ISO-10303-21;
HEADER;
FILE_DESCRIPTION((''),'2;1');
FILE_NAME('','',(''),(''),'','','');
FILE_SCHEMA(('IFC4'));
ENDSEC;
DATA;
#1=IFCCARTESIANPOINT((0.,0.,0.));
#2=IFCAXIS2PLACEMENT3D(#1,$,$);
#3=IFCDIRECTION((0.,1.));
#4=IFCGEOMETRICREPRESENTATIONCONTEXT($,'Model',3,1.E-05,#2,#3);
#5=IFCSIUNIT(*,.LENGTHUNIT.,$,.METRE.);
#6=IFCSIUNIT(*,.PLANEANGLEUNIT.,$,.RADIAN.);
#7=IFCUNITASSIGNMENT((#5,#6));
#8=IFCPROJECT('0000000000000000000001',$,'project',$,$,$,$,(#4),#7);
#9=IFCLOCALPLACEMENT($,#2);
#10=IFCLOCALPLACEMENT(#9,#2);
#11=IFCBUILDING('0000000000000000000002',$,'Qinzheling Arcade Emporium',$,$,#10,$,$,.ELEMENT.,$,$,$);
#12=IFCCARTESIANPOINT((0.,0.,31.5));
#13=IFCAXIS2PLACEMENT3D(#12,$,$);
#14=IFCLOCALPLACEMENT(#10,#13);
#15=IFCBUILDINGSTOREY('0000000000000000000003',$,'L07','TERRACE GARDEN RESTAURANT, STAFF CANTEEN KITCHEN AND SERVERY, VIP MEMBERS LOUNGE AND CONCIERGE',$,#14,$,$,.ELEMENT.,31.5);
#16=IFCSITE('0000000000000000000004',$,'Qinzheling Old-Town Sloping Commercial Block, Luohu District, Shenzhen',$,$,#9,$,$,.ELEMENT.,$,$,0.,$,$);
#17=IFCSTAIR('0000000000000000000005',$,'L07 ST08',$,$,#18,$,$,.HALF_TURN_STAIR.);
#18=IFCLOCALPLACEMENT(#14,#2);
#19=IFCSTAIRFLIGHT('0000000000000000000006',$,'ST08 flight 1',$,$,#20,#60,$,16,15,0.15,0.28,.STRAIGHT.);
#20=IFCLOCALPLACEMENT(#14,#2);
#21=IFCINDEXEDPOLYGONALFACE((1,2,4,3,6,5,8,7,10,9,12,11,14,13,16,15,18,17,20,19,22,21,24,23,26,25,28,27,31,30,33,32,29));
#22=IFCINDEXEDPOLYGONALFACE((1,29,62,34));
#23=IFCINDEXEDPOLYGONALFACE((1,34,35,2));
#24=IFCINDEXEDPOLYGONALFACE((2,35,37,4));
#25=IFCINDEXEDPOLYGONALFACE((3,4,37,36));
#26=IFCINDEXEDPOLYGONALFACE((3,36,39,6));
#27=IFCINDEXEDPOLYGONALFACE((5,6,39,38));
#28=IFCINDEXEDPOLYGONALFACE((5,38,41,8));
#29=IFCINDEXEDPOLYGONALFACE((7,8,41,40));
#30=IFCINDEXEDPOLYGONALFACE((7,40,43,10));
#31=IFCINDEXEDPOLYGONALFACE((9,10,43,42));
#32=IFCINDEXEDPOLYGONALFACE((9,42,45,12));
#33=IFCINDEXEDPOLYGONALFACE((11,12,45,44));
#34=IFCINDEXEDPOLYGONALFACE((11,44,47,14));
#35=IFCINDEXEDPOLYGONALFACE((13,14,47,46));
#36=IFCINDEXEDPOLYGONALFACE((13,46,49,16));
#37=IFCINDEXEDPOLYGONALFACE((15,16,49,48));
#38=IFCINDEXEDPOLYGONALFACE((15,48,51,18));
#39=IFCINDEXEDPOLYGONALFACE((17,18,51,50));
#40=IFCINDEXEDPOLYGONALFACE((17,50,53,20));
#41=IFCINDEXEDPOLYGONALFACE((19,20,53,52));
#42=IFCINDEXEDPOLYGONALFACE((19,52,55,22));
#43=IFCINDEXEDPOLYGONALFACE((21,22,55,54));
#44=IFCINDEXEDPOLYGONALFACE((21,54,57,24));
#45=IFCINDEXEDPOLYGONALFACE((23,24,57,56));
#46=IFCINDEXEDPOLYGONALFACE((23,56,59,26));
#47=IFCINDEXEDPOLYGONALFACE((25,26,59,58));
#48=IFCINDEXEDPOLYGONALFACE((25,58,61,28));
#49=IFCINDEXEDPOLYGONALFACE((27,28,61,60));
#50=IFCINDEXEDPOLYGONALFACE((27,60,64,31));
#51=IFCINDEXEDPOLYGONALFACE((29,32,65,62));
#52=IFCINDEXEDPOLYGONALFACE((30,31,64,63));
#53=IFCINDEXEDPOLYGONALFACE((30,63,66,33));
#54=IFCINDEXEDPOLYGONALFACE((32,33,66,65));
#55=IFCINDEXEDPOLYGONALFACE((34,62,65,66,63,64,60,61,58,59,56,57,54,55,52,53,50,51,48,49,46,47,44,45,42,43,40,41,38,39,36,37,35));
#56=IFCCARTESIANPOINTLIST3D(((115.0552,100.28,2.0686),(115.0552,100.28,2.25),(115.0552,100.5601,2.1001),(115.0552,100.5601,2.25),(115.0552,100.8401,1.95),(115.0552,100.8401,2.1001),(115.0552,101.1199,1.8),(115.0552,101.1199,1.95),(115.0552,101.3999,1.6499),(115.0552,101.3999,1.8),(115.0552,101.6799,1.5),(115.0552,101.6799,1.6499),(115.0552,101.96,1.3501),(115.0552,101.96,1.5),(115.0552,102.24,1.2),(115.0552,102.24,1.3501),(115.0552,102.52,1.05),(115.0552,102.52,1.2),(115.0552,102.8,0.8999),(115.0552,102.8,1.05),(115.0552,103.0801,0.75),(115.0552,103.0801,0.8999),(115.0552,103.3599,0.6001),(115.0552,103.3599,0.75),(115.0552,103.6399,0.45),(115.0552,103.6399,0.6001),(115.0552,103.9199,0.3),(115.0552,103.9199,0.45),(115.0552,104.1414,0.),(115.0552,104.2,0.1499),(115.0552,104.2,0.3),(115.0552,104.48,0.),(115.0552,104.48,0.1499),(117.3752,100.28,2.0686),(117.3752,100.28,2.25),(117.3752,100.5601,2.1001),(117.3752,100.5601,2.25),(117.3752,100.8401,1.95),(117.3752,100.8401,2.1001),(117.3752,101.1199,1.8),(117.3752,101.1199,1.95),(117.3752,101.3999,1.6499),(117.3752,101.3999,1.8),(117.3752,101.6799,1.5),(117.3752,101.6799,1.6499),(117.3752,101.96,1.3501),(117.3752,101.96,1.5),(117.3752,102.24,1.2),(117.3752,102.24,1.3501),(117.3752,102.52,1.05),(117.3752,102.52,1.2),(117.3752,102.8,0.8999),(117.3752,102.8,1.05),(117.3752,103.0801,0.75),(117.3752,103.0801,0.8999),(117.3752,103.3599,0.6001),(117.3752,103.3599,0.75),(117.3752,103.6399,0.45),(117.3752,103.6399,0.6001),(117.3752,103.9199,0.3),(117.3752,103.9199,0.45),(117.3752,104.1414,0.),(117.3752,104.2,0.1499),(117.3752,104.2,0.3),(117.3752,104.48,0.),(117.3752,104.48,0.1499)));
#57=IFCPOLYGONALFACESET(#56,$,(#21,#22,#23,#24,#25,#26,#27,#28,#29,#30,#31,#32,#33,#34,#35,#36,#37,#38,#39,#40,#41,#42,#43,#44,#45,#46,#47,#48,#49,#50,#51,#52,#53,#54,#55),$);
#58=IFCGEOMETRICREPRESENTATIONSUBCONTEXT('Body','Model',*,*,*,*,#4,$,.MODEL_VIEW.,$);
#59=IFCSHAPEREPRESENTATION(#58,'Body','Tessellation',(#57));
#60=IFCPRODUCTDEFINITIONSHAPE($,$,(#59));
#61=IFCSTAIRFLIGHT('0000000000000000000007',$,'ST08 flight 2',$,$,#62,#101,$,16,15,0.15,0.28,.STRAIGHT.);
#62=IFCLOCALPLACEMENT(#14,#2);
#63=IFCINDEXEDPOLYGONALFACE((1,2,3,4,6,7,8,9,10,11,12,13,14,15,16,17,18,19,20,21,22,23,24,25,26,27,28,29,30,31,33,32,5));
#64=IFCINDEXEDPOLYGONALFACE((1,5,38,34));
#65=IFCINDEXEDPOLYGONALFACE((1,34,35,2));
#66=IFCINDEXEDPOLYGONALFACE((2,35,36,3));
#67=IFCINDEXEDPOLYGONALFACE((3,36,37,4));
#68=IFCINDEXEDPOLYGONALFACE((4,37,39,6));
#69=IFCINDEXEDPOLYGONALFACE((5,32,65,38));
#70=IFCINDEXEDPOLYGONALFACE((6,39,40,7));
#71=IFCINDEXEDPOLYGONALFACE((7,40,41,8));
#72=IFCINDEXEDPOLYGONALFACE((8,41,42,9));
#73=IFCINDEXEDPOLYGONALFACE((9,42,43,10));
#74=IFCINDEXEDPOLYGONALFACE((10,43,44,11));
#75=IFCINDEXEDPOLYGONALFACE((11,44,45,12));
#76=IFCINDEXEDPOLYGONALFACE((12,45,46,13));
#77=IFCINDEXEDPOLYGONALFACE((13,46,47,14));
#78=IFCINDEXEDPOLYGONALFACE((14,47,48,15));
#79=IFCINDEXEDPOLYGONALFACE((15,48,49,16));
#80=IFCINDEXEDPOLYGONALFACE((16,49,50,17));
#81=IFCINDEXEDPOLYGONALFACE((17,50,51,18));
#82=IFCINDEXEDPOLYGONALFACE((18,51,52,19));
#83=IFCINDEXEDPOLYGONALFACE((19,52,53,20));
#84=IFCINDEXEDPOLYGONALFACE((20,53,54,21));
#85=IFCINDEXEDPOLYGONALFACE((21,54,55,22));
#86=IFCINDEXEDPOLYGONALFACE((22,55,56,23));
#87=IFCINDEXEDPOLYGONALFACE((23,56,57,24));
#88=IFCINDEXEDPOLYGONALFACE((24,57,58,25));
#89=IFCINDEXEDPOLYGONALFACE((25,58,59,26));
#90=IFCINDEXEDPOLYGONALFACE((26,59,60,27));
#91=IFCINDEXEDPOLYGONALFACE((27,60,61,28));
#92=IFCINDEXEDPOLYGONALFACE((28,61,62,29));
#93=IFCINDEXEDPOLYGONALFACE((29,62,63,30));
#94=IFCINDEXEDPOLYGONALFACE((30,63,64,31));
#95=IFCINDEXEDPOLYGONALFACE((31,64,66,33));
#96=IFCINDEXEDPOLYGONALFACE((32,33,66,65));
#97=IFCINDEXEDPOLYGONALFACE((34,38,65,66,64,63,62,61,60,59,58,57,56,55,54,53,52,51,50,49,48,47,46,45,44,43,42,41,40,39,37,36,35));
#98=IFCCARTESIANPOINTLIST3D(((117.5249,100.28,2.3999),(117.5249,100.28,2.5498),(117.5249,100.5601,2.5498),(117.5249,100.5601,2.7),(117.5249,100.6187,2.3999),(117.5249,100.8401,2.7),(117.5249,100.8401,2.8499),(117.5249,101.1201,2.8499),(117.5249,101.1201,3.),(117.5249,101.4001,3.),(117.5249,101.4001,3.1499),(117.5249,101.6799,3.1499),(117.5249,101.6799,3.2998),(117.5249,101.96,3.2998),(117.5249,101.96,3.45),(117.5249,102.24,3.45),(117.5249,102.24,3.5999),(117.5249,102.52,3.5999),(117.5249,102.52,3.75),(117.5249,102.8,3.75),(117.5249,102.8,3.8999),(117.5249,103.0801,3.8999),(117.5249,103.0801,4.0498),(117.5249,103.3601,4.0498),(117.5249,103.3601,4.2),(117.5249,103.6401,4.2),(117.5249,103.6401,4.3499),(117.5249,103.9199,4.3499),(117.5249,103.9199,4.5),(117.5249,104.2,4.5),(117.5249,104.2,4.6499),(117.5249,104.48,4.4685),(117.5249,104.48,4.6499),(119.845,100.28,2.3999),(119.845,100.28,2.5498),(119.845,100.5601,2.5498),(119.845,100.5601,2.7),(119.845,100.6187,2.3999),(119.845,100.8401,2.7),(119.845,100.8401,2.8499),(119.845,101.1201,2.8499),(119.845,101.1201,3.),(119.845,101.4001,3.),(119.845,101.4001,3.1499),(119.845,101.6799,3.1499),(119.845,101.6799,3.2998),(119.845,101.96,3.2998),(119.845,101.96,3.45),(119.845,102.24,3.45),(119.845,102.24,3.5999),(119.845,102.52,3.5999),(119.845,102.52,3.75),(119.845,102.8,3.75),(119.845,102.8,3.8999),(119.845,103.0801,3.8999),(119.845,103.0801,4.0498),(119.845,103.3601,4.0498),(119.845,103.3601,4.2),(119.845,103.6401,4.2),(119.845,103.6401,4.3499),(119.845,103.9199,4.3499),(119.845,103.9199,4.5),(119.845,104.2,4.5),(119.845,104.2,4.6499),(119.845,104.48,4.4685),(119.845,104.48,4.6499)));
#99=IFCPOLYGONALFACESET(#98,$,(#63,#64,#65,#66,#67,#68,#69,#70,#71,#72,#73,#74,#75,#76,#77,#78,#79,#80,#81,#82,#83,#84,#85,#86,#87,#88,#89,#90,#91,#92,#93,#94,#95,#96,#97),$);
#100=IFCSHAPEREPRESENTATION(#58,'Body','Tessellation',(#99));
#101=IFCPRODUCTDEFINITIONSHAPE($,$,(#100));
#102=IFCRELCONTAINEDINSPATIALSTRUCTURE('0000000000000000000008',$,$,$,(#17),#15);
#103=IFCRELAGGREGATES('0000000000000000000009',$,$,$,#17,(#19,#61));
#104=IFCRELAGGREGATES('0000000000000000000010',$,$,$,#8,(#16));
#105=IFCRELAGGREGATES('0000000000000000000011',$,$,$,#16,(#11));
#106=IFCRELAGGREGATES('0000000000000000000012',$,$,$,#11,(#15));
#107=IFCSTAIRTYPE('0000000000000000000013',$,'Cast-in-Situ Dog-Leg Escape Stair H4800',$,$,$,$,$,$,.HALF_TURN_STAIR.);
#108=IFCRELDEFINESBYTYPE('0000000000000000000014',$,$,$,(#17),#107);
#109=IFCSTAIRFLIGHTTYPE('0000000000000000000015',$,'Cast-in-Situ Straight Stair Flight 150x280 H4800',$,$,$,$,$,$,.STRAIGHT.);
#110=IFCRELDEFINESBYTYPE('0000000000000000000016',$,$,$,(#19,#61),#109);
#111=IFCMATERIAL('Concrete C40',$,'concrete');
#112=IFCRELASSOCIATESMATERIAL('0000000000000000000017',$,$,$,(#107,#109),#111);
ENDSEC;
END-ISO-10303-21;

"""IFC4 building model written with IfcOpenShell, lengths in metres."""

from ifc_helpers import new_model, si_unit, direction, frame, origin, place, context, subcontext, project, spatial, polyline, outline, extrude, material, type_object, element, aggregate, save


model = new_model("IFC4")

# Units and contexts
model_context = context("Model", 3, precision=1e-05, world=origin(), true_north=direction((0.0, 1.0)))
body_context = subcontext(model_context, "Body", "Model", "MODEL_VIEW")
ifc_project = project(units=[si_unit("LENGTHUNIT", "METRE"), si_unit("PLANEANGLEUNIT", "RADIAN")], contexts=[model_context])

# Site, building, storey
site_placement = place(None, origin())
site = spatial("IfcSite", under=ifc_project, at=site_placement, Name="Qinzheling Old-Town Sloping Commercial Block, Luohu District, Shenzhen", CompositionType="ELEMENT", RefElevation=0.0)
building_placement = place(site_placement, origin())
building = spatial("IfcBuilding", under=site, at=building_placement, Name="Qinzheling Arcade Emporium", CompositionType="ELEMENT")
storey_placement = place(building_placement, frame((0.0, 0.0, 31.5)))
storey = spatial("IfcBuildingStorey", under=building, at=storey_placement, Name="L07", Description="TERRACE GARDEN RESTAURANT, STAFF CANTEEN KITCHEN AND SERVERY, VIP MEMBERS LOUNGE AND CONCIERGE", CompositionType="ELEMENT", Elevation=31.5)

# Shared definitions
ifc_material_1 = material(Name="Concrete C40", Category="concrete")

# Stair, stair flights
stair_type = type_object("IfcStairType", Name="Cast-in-Situ Dog-Leg Escape Stair H4800", PredefinedType="HALF_TURN_STAIR", material=ifc_material_1)
stair_placement = place(storey_placement, origin())
stair = element("IfcStair", 1, at=stair_placement, inside=storey, type_object=stair_type, Name="L07 ST08", PredefinedType="HALF_TURN_STAIR")
stair_flight_type = type_object("IfcStairFlightType", Name="Cast-in-Situ Straight Stair Flight 150x280 H4800", PredefinedType="STRAIGHT", material=ifc_material_1)
stair_flight_1_placement = place(storey_placement, frame((116.2151, 104.48, 0.0), z_axis=(0.0, 0.0, 1.0), x_axis=(0.0, -1.0, 0.0)))
stair_flight_1 = element("IfcStairFlight", 2, at=stair_flight_1_placement, type_object=stair_flight_type, Name="ST08 flight 1", NumberOfRisers=16, NumberOfTreads=15, PredefinedType="STRAIGHT", RiserHeight=0.15, TreadLength=0.28, context=body_context, shape_type="SweptSolid", body=[
    extrude(outline(polyline([(0.0, 0.0), (0.0, 0.1499), (0.28, 0.1499), (0.28, 0.3), (0.5601, 0.3), (0.5601, 0.45), (0.8401, 0.45), (0.8401, 0.6001), (1.1201, 0.6001), (1.1201, 0.75), (1.3999, 0.75), (1.3999, 0.8999), (1.6799, 0.8999), (1.6799, 1.05), (1.96, 1.05), (1.96, 1.2), (2.24, 1.2), (2.24, 1.3501), (2.52, 1.3501), (2.52, 1.5), (2.8, 1.5), (2.8, 1.6499), (3.0801, 1.6499), (3.0801, 1.8), (3.3601, 1.8), (3.3601, 1.95), (3.6399, 1.95), (3.6399, 2.1001), (3.9199, 2.1001), (3.9199, 2.25), (4.2, 2.25), (4.2, 2.3999), (4.2, 2.0686), (0.3386, 0.0), (0.0, 0.0)])), frame((0.0, 1.1602, 0.0), z_axis=(0.0, -1.0, 0.0), x_axis=(1.0, 0.0, 0.0)), (0.0, 0.0, 1.0), 2.3201),
])
stair_flight_2_placement = place(storey_placement, frame((118.6851, 100.28, 2.3999), z_axis=(0.0, 0.0, 1.0), x_axis=(0.0, 1.0, 0.0)))
stair_flight_2 = element("IfcStairFlight", 3, at=stair_flight_2_placement, type_object=stair_flight_type, Name="ST08 flight 2", NumberOfRisers=16, NumberOfTreads=15, PredefinedType="STRAIGHT", RiserHeight=0.15, TreadLength=0.28, context=body_context, shape_type="SweptSolid", body=[
    extrude(outline(polyline([(0.0, 0.0), (0.0, 0.1499), (0.28, 0.1499), (0.28, 0.3), (0.5601, 0.3), (0.5601, 0.45), (0.8401, 0.45), (0.8401, 0.6001), (1.1201, 0.6001), (1.1201, 0.75), (1.3999, 0.75), (1.3999, 0.8999), (1.6799, 0.8999), (1.6799, 1.05), (1.96, 1.05), (1.96, 1.2), (2.24, 1.2), (2.24, 1.3501), (2.52, 1.3501), (2.52, 1.5), (2.8, 1.5), (2.8, 1.6499), (3.0801, 1.6499), (3.0801, 1.8), (3.3601, 1.8), (3.3601, 1.95), (3.6399, 1.95), (3.6399, 2.1001), (3.9199, 2.1001), (3.9199, 2.25), (4.2, 2.25), (4.2, 2.3999), (4.2, 2.0686), (0.3386, 0.0), (0.0, 0.0)])), frame((0.0, 1.1602, 0.0), z_axis=(0.0, -1.0, 0.0), x_axis=(1.0, 0.0, 0.0)), (0.0, 0.0, 1.0), 2.3201),
])
aggregate(stair, [stair_flight_1, stair_flight_2])

save(model, "model.ifc")
